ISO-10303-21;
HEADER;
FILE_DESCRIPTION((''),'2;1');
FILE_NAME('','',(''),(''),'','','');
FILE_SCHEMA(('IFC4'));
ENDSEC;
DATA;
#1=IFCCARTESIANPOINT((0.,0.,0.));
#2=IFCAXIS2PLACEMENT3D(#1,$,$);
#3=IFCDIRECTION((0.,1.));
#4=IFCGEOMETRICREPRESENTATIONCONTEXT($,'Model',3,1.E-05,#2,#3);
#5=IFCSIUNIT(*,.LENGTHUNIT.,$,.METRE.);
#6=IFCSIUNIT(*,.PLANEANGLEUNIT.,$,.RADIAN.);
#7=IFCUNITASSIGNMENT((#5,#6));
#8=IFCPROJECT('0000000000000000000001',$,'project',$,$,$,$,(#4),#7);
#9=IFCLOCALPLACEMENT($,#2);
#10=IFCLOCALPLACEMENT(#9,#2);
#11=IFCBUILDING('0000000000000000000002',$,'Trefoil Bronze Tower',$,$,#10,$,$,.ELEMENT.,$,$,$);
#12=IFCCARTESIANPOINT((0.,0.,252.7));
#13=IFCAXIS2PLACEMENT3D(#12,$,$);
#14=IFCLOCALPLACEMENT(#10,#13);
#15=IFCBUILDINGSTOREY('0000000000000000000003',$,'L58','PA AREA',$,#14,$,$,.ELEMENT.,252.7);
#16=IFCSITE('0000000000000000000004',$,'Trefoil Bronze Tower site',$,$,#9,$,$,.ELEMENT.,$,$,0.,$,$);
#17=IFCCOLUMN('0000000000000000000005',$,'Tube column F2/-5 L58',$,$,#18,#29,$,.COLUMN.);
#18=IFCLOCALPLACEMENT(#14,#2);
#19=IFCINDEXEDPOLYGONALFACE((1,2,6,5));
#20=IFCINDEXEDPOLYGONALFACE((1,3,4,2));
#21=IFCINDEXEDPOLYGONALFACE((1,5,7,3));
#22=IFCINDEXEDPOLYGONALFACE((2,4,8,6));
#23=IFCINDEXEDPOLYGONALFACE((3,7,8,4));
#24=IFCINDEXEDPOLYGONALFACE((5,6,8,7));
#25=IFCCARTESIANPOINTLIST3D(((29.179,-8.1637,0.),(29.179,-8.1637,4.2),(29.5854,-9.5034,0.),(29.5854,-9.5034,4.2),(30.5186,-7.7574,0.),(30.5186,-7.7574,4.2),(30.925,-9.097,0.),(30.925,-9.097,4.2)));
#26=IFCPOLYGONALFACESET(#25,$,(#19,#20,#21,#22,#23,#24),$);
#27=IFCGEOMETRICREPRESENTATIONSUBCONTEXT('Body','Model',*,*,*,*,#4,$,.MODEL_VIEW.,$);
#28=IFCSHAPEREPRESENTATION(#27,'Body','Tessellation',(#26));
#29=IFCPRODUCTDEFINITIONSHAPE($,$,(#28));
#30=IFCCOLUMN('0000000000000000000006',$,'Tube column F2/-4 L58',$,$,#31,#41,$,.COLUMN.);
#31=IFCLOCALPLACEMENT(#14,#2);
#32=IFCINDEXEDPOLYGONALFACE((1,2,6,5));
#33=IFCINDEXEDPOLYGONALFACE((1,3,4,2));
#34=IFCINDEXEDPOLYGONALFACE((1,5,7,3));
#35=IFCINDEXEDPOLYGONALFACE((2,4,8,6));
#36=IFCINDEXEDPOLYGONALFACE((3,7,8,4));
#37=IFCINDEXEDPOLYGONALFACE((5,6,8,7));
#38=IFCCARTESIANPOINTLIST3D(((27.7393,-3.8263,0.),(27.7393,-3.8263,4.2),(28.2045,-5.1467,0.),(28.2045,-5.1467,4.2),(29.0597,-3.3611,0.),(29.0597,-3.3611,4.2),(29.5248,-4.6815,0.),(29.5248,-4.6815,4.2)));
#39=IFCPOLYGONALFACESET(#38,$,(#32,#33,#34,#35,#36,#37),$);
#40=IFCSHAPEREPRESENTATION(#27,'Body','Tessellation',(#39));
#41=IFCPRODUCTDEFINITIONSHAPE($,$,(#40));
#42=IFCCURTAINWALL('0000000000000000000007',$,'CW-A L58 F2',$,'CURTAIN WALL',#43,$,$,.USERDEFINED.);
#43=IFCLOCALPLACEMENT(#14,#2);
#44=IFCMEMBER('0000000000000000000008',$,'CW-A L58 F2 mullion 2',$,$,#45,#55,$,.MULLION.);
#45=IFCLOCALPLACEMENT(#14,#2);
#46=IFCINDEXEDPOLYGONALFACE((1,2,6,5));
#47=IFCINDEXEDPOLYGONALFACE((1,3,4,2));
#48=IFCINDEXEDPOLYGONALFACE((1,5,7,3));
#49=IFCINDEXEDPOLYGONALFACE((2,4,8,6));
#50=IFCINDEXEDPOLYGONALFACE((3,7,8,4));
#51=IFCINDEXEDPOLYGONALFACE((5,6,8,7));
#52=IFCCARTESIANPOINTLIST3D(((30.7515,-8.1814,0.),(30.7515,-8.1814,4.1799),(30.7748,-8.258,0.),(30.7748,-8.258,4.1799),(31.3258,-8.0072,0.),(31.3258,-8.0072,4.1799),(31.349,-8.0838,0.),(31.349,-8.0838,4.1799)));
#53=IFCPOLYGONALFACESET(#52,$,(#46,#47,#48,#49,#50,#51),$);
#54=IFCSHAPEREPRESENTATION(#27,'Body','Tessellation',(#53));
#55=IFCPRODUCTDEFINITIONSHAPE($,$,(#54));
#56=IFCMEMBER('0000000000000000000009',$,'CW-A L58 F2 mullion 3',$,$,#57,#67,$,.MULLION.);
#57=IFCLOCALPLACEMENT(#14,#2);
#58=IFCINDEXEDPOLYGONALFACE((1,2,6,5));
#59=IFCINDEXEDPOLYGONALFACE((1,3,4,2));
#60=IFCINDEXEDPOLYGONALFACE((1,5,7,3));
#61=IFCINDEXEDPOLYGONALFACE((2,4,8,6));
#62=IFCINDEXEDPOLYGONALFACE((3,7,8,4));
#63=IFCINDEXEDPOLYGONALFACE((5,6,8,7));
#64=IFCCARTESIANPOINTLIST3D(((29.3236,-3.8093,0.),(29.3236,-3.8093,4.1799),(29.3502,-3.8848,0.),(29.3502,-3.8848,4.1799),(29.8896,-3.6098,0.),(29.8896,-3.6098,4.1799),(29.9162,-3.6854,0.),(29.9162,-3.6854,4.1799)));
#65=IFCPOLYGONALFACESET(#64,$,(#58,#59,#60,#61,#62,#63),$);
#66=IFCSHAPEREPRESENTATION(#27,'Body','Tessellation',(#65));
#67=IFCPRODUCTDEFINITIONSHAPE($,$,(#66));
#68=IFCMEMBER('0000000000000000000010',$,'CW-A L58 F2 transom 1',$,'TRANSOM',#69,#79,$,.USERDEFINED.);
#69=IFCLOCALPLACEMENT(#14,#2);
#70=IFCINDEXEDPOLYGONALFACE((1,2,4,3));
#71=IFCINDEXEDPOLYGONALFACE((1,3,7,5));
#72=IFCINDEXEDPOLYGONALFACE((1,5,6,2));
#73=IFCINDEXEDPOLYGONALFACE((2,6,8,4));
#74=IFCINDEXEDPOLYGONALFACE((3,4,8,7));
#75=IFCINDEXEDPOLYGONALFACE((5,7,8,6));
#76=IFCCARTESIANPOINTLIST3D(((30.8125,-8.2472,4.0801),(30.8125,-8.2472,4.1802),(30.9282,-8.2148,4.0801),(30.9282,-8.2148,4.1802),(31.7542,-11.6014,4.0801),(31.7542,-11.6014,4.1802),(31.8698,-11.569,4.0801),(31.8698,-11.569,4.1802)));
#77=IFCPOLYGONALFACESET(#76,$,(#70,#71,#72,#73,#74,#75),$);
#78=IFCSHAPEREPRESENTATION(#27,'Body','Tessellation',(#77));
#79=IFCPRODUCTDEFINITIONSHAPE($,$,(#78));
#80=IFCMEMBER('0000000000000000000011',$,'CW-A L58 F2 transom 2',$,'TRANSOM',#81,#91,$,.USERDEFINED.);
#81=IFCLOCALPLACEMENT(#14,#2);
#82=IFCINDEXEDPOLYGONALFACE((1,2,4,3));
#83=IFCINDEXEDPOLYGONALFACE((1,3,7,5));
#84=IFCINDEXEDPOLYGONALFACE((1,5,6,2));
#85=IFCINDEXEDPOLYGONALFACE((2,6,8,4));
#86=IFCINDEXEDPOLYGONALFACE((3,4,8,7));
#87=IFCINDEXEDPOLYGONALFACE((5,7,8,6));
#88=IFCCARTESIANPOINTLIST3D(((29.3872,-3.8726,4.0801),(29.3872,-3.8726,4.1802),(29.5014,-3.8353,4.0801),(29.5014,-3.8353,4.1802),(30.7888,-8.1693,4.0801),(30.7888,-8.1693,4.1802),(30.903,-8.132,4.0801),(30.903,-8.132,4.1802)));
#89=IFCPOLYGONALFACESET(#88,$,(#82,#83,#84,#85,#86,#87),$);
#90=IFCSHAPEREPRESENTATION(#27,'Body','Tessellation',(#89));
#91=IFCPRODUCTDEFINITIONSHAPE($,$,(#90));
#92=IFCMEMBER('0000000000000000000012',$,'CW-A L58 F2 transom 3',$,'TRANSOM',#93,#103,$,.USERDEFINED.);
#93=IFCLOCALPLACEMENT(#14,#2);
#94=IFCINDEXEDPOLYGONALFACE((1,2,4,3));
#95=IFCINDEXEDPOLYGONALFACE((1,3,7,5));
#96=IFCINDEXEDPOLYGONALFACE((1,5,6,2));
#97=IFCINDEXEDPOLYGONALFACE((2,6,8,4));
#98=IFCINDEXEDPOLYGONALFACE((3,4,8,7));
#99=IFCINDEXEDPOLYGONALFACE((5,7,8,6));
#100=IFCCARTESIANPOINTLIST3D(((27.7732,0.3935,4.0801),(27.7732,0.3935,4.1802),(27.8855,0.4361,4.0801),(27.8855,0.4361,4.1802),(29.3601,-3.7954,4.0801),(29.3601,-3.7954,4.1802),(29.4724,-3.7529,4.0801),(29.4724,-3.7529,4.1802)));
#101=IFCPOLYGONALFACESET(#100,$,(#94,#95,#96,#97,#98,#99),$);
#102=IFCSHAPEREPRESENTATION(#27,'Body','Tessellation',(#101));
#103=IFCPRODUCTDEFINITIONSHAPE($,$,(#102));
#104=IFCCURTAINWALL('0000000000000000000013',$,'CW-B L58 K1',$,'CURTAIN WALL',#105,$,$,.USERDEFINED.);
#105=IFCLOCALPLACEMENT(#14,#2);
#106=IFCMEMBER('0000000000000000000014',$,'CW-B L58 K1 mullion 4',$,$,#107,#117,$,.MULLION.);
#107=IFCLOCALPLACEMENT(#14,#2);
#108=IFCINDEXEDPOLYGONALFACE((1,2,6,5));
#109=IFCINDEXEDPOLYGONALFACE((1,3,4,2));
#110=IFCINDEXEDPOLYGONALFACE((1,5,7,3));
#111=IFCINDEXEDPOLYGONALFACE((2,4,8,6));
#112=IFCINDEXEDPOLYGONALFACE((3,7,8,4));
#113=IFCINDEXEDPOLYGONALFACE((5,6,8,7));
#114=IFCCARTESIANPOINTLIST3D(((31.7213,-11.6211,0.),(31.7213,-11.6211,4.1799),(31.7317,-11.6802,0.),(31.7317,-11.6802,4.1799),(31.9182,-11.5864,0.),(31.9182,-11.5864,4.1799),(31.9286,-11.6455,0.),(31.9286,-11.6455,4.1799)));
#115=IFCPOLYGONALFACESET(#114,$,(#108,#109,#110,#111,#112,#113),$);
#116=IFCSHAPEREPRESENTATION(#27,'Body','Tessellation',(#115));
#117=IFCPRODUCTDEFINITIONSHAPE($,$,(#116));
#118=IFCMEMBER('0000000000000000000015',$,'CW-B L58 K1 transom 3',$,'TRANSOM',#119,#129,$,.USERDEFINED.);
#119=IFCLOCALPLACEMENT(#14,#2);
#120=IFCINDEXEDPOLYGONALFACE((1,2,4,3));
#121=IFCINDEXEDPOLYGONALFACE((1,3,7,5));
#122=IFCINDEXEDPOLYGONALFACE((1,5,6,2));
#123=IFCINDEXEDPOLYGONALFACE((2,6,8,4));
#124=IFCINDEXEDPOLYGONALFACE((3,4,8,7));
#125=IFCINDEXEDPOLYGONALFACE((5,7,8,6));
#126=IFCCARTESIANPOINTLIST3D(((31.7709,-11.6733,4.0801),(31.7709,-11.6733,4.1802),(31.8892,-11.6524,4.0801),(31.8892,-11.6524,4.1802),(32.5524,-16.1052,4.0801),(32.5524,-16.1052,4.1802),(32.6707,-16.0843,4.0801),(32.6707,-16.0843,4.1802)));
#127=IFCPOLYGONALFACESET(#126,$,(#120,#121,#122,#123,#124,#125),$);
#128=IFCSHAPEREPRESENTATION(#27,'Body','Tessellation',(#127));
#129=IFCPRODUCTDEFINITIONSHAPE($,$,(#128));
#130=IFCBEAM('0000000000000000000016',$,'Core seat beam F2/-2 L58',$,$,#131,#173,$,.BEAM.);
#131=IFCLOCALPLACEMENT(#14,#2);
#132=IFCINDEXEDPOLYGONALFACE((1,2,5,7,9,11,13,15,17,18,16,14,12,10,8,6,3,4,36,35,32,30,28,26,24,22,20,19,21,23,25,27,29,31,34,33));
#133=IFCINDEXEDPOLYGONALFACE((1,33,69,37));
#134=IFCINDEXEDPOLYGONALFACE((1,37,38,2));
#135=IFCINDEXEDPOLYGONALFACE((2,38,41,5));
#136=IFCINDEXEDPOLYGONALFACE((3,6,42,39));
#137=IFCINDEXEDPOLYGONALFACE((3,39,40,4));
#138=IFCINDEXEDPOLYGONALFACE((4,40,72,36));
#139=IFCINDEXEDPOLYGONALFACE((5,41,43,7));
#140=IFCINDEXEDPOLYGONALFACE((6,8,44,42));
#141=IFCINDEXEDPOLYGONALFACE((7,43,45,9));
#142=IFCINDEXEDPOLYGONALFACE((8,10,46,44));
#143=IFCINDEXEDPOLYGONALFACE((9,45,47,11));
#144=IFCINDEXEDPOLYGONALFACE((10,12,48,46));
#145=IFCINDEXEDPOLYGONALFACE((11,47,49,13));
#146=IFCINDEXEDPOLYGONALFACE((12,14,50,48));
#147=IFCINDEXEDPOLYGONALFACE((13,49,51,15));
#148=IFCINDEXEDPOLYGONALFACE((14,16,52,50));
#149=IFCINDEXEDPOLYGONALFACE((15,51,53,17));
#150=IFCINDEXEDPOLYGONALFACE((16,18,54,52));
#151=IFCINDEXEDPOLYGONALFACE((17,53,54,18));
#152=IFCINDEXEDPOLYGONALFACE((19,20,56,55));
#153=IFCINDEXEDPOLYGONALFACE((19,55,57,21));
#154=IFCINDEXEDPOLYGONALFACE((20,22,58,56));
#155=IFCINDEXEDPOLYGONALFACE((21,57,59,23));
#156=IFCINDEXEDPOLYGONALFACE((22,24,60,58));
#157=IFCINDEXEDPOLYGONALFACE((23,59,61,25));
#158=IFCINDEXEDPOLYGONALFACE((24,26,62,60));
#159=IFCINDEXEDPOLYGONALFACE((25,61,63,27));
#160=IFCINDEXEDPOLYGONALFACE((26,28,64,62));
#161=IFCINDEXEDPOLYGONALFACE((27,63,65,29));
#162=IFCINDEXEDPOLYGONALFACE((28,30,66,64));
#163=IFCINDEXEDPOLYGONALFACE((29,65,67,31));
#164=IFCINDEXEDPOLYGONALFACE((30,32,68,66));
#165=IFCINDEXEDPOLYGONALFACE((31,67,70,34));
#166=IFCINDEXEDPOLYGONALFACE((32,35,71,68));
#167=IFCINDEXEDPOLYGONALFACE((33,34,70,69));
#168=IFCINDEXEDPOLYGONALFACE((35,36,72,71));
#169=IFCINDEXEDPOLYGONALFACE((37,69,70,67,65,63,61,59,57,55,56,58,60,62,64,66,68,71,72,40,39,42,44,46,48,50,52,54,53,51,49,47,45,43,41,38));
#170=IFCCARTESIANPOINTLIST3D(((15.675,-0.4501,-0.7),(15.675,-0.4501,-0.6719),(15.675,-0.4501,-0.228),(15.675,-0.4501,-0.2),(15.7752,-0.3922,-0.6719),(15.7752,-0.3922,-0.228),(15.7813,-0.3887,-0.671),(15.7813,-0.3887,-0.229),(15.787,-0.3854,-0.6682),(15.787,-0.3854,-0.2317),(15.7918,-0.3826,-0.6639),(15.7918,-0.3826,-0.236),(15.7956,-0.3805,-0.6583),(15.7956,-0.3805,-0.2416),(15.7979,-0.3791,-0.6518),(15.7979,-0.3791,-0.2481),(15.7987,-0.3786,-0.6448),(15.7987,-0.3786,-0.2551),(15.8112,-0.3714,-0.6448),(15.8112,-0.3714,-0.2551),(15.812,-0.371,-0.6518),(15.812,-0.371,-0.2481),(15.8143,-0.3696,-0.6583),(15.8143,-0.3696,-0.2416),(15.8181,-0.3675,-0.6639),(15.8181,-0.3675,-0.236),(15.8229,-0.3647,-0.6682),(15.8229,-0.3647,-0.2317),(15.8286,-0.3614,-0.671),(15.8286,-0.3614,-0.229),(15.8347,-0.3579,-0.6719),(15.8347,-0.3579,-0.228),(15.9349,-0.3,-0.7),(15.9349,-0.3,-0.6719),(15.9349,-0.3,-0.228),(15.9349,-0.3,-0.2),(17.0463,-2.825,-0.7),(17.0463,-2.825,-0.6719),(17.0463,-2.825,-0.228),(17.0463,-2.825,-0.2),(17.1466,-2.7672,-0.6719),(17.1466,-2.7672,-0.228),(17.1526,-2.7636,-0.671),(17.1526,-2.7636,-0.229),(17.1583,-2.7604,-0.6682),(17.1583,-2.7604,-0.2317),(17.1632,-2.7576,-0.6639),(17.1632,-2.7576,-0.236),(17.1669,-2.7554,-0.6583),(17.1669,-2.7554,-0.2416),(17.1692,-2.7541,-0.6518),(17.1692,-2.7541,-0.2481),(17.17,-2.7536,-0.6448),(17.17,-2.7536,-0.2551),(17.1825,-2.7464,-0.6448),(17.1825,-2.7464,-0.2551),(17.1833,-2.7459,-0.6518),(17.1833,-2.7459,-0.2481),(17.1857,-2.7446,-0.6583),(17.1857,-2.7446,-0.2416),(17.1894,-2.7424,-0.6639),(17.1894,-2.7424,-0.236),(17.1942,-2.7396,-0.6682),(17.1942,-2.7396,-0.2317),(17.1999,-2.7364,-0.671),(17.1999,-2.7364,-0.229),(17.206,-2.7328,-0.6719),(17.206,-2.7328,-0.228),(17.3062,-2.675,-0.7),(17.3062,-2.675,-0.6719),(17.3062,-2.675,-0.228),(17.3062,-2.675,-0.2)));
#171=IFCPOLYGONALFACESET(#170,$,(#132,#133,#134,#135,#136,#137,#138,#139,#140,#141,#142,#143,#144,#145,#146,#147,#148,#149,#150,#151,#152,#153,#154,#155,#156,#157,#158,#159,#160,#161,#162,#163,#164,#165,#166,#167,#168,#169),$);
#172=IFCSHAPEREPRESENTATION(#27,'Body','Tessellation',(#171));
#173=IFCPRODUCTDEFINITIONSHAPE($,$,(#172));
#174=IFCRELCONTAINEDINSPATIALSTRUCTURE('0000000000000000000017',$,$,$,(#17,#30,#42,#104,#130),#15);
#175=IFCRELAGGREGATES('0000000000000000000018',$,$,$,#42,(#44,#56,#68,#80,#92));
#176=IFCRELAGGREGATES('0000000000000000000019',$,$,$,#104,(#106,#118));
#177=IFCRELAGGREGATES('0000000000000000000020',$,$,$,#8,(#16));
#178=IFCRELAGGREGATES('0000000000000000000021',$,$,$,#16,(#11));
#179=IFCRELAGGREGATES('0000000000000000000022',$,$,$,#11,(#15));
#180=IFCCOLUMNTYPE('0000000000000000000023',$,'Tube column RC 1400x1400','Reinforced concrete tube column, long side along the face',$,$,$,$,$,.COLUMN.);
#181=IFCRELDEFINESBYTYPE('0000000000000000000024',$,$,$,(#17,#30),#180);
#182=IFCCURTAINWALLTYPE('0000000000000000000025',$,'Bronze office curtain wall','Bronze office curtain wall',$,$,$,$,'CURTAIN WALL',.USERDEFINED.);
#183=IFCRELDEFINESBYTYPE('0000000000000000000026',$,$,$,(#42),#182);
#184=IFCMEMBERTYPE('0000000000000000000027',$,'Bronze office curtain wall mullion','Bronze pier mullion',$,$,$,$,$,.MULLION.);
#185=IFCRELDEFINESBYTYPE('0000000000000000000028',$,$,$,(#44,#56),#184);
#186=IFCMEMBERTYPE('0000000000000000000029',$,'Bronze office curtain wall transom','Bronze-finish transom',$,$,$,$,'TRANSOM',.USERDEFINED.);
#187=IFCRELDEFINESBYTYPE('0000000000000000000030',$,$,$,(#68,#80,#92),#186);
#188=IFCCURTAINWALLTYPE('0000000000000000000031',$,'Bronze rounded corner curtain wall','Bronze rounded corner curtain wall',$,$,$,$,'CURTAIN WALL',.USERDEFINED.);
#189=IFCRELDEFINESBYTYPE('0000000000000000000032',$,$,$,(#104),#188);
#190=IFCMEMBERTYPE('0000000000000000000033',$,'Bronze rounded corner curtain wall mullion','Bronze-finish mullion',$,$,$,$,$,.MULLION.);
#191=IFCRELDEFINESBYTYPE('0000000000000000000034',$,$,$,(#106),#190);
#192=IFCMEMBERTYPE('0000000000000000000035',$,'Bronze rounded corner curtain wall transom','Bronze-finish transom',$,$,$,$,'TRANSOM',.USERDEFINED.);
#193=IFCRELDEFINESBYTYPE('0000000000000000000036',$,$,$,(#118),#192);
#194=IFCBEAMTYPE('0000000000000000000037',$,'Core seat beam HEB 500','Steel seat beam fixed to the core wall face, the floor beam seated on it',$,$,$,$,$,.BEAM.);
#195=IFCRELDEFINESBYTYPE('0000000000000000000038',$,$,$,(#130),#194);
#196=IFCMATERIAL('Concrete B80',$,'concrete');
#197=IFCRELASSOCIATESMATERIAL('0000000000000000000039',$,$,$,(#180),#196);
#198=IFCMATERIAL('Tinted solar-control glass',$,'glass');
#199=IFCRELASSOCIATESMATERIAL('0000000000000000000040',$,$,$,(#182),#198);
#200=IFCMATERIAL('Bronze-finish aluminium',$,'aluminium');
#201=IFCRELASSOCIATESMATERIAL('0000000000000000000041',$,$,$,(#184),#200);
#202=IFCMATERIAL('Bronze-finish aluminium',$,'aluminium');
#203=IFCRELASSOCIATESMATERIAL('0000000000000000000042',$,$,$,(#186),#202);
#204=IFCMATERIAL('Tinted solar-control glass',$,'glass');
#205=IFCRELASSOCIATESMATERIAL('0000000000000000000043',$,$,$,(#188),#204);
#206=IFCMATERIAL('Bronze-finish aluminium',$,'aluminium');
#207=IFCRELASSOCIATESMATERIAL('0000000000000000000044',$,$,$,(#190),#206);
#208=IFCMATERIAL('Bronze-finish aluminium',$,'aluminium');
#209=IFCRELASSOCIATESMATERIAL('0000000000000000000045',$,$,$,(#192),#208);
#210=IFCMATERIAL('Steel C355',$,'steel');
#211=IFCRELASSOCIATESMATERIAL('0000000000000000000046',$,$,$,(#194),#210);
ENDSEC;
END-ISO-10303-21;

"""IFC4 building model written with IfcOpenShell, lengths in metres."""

from ifc_helpers import new_model, si_unit, direction, frame, origin, origin_2d, place, context, subcontext, project, spatial, rectangle, i_section, extrude, material, material_profile, profile_set, type_object, element, aggregate, save


model = new_model("IFC4")

# Units and contexts
model_context = context("Model", 3, precision=1e-05, world=origin(), true_north=direction((0.0, 1.0)))
body_context = subcontext(model_context, "Body", "Model", "MODEL_VIEW")
ifc_project = project(units=[si_unit("LENGTHUNIT", "METRE"), si_unit("PLANEANGLEUNIT", "RADIAN")], contexts=[model_context])

# Site, building, storey
site_placement = place(None, origin())
site = spatial("IfcSite", under=ifc_project, at=site_placement, Name="Trefoil Bronze Tower site", CompositionType="ELEMENT", RefElevation=0.0)
building_placement = place(site_placement, origin())
building = spatial("IfcBuilding", under=site, at=building_placement, Name="Trefoil Bronze Tower", CompositionType="ELEMENT")
storey_placement = place(building_placement, frame((0.0, 0.0, 252.7)))
storey = spatial("IfcBuildingStorey", under=building, at=storey_placement, Name="L58", Description="PA AREA", CompositionType="ELEMENT", Elevation=252.7)

# Columns
ifc_material_1 = material(Name="Concrete B80", Category="concrete")
ifc_material_profile_1 = material_profile(ifc_material_1, rectangle(XDim=1.3999, YDim=1.3999, at=origin_2d()), Name="RC 1400x1400")
ifc_profile_set_1 = profile_set([ifc_material_profile_1], Name="Concrete B80")
column_type = type_object("IfcColumnType", Name="Tube column RC 1400x1400", Description="Reinforced concrete tube column, long side along the face", PredefinedType="COLUMN", material=ifc_profile_set_1)
for number, where, z_axis, x_axis, name in (
    (1, (30.052, -8.6304, 0.0), (0.0, 0.0, 1.0), (-0.290278, 0.956942, 0.0), "Tube column F2/-5 L58"),
    (2, (28.6321, -4.2539, 0.0), (0.0, 0.0, 1.0), (-0.332282, 0.94318, 0.0), "Tube column F2/-4 L58"),
):
    element("IfcColumn", number, at=place(storey_placement, frame(where, z_axis=z_axis, x_axis=x_axis)), inside=storey, type_object=column_type, Name=name, PredefinedType="COLUMN", context=body_context, shape_type="SweptSolid", body=[
        extrude(rectangle(XDim=1.3999, YDim=1.3999, at=origin_2d()), origin(), (0.0, 0.0, 1.0), 4.2),
    ])

# Curtain walls, members
ifc_material_2 = material(Name="Tinted solar-control glass", Category="glass")
curtain_wall_type_1 = type_object("IfcCurtainWallType", Name="Bronze office curtain wall", Description="Bronze office curtain wall", ElementType="CURTAIN WALL", PredefinedType="USERDEFINED", material=ifc_material_2)
curtain_wall_1_placement = place(storey_placement, origin())
curtain_wall_1 = element("IfcCurtainWall", 3, at=curtain_wall_1_placement, inside=storey, type_object=curtain_wall_type_1, Name="CW-A L58 F2", ObjectType="CURTAIN WALL", PredefinedType="USERDEFINED")
ifc_material_3 = material(Name="Bronze-finish aluminium", Category="aluminium")
ifc_material_profile_2 = material_profile(ifc_material_3, rectangle(XDim=0.6001, YDim=0.0801, at=origin_2d()), Name="CW-A mullion")
ifc_profile_set_2 = profile_set([ifc_material_profile_2], Name="Bronze-finish aluminium")
member_type_1 = type_object("IfcMemberType", Name="Bronze office curtain wall mullion", Description="Bronze pier mullion", PredefinedType="MULLION", material=ifc_profile_set_2)
member_1_placement = place(storey_placement, frame((31.0503, -8.1326, 0.0), z_axis=(0.0, 0.0, 1.0), x_axis=(-0.956942, -0.290278, 0.0)))
member_1 = element("IfcMember", 4, at=member_1_placement, type_object=member_type_1, Name="CW-A L58 F2 mullion 2", PredefinedType="MULLION", context=body_context, shape_type="SweptSolid", body=[
    extrude(rectangle(XDim=0.6001, YDim=0.0801, at=origin_2d()), origin(), (0.0, 0.0, 1.0), 4.1799),
])
member_2_placement = place(storey_placement, frame((29.6199, -3.7473, 0.0), z_axis=(0.0, 0.0, 1.0), x_axis=(-0.94318, -0.332282, 0.0)))
member_2 = element("IfcMember", 5, at=member_2_placement, type_object=member_type_1, Name="CW-A L58 F2 mullion 3", PredefinedType="MULLION", context=body_context, shape_type="SweptSolid", body=[
    extrude(rectangle(XDim=0.6001, YDim=0.0801, at=origin_2d()), origin(), (0.0, 0.0, 1.0), 4.1799),
])
ifc_material_4 = material(Name="Bronze-finish aluminium", Category="aluminium")
ifc_material_profile_3 = material_profile(ifc_material_4, rectangle(XDim=0.1201, YDim=0.1001, at=origin_2d()), Name="CW-A transom")
ifc_profile_set_3 = profile_set([ifc_material_profile_3], Name="Bronze-finish aluminium")
member_type_2 = type_object("IfcMemberType", Name="Bronze office curtain wall transom", Description="Bronze-finish transom", ElementType="TRANSOM", PredefinedType="USERDEFINED", material=ifc_profile_set_3)
member_3_placement = place(storey_placement, frame((31.812, -11.5852, 4.1301), z_axis=(-0.270285, 0.96278, 0.0), x_axis=(-0.96278, -0.270285, 0.0)))
member_3 = element("IfcMember", 6, at=member_3_placement, type_object=member_type_2, Name="CW-A L58 F2 transom 1", ObjectType="TRANSOM", PredefinedType="USERDEFINED", context=body_context, shape_type="SweptSolid", body=[
    extrude(rectangle(XDim=0.1201, YDim=0.1001, at=origin_2d()), origin(), (0.0, 0.0, 1.0), 3.4839),
])
member_4_placement = place(storey_placement, frame((30.8459, -8.1506, 4.1301), z_axis=(-0.310128, 0.950695, 0.0), x_axis=(-0.950695, -0.310128, 0.0)))
member_4 = element("IfcMember", 7, at=member_4_placement, type_object=member_type_2, Name="CW-A L58 F2 transom 2", ObjectType="TRANSOM", PredefinedType="USERDEFINED", context=body_context, shape_type="SweptSolid", body=[
    extrude(rectangle(XDim=0.1201, YDim=0.1001, at=origin_2d()), origin(), (0.0, 0.0, 1.0), 4.5195),
])
member_5_placement = place(storey_placement, frame((29.4163, -3.7742, 4.1301), z_axis=(-0.354263, 0.935146, 0.0), x_axis=(-0.935146, -0.354263, 0.0)))
member_5 = element("IfcMember", 8, at=member_5_placement, type_object=member_type_2, Name="CW-A L58 F2 transom 3", ObjectType="TRANSOM", PredefinedType="USERDEFINED", context=body_context, shape_type="SweptSolid", body=[
    extrude(rectangle(XDim=0.1201, YDim=0.1001, at=origin_2d()), origin(), (0.0, 0.0, 1.0), 4.4795),
])
ifc_material_5 = material(Name="Tinted solar-control glass", Category="glass")
curtain_wall_type_2 = type_object("IfcCurtainWallType", Name="Bronze rounded corner curtain wall", Description="Bronze rounded corner curtain wall", ElementType="CURTAIN WALL", PredefinedType="USERDEFINED", material=ifc_material_5)
curtain_wall_2_placement = place(storey_placement, origin())
curtain_wall_2 = element("IfcCurtainWall", 9, at=curtain_wall_2_placement, inside=storey, type_object=curtain_wall_type_2, Name="CW-B L58 K1", ObjectType="CURTAIN WALL", PredefinedType="USERDEFINED")
ifc_material_6 = material(Name="Bronze-finish aluminium", Category="aluminium")
ifc_material_profile_4 = material_profile(ifc_material_6, rectangle(XDim=0.2, YDim=0.0601, at=origin_2d()), Name="CW-B mullion")
ifc_profile_set_4 = profile_set([ifc_material_profile_4], Name="Bronze-finish aluminium")
member_type_3 = type_object("IfcMemberType", Name="Bronze rounded corner curtain wall mullion", Description="Bronze-finish mullion", PredefinedType="MULLION", material=ifc_profile_set_4)
member_6_placement = place(storey_placement, frame((31.825, -11.6333, 0.0), z_axis=(0.0, 0.0, 1.0), x_axis=(-0.984808, -0.173648, 0.0)))
member_6 = element("IfcMember", 10, at=member_6_placement, type_object=member_type_3, Name="CW-B L58 K1 mullion 4", PredefinedType="MULLION", context=body_context, shape_type="SweptSolid", body=[
    extrude(rectangle(XDim=0.2, YDim=0.0601, at=origin_2d()), origin(), (0.0, 0.0, 1.0), 4.1799),
])
ifc_material_7 = material(Name="Bronze-finish aluminium", Category="aluminium")
ifc_material_profile_5 = material_profile(ifc_material_7, rectangle(XDim=0.1201, YDim=0.1001, at=origin_2d()), Name="CW-B transom")
ifc_profile_set_5 = profile_set([ifc_material_profile_5], Name="Bronze-finish aluminium")
member_type_4 = type_object("IfcMemberType", Name="Bronze rounded corner curtain wall transom", Description="Bronze-finish transom", ElementType="TRANSOM", PredefinedType="USERDEFINED", material=ifc_profile_set_5)
member_7_placement = place(storey_placement, frame((32.6116, -16.0947, 4.1301), z_axis=(-0.173655, 0.984806, 0.0), x_axis=(-0.984806, -0.173655, 0.0)))
member_7 = element("IfcMember", 11, at=member_7_placement, type_object=member_type_4, Name="CW-B L58 K1 transom 3", ObjectType="TRANSOM", PredefinedType="USERDEFINED", context=body_context, shape_type="SweptSolid", body=[
    extrude(rectangle(XDim=0.1201, YDim=0.1001, at=origin_2d()), origin(), (0.0, 0.0, 1.0), 4.5002),
])

# Beam
ifc_material_8 = material(Name="Steel C355", Category="steel")
ifc_material_profile_6 = material_profile(ifc_material_8, i_section(OverallWidth=0.3, OverallDepth=0.5, WebThickness=0.0144, FlangeThickness=0.0281, FilletRadius=0.0271, at=origin_2d()), Name="HEB 500")
ifc_profile_set_6 = profile_set([ifc_material_profile_6], Name="Steel C355")
beam_type_1 = type_object("IfcBeamType", Name="Core seat beam HEB 500", Description="Steel seat beam fixed to the core wall face, the floor beam seated on it", PredefinedType="BEAM", material=ifc_profile_set_6)
beam_1_placement = place(storey_placement, frame((17.1763, -2.75, -0.45), z_axis=(-0.500036, 0.866005, 0.0), x_axis=(-0.866005, -0.500036, 0.0)))
element("IfcBeam", 12, at=beam_1_placement, inside=storey, type_object=beam_type_1, Name="Core seat beam F2/-2 L58", PredefinedType="BEAM", context=body_context, shape_type="SweptSolid", body=[
    extrude(i_section(OverallWidth=0.3, OverallDepth=0.5, WebThickness=0.0144, FlangeThickness=0.0281, FilletRadius=0.0271, at=origin_2d()), origin(), (0.0, 0.0, 1.0), 2.7424),
])

aggregate(curtain_wall_1, [member_1, member_2, member_3, member_4, member_5])
aggregate(curtain_wall_2, [member_6, member_7])

save(model, "model.ifc")
